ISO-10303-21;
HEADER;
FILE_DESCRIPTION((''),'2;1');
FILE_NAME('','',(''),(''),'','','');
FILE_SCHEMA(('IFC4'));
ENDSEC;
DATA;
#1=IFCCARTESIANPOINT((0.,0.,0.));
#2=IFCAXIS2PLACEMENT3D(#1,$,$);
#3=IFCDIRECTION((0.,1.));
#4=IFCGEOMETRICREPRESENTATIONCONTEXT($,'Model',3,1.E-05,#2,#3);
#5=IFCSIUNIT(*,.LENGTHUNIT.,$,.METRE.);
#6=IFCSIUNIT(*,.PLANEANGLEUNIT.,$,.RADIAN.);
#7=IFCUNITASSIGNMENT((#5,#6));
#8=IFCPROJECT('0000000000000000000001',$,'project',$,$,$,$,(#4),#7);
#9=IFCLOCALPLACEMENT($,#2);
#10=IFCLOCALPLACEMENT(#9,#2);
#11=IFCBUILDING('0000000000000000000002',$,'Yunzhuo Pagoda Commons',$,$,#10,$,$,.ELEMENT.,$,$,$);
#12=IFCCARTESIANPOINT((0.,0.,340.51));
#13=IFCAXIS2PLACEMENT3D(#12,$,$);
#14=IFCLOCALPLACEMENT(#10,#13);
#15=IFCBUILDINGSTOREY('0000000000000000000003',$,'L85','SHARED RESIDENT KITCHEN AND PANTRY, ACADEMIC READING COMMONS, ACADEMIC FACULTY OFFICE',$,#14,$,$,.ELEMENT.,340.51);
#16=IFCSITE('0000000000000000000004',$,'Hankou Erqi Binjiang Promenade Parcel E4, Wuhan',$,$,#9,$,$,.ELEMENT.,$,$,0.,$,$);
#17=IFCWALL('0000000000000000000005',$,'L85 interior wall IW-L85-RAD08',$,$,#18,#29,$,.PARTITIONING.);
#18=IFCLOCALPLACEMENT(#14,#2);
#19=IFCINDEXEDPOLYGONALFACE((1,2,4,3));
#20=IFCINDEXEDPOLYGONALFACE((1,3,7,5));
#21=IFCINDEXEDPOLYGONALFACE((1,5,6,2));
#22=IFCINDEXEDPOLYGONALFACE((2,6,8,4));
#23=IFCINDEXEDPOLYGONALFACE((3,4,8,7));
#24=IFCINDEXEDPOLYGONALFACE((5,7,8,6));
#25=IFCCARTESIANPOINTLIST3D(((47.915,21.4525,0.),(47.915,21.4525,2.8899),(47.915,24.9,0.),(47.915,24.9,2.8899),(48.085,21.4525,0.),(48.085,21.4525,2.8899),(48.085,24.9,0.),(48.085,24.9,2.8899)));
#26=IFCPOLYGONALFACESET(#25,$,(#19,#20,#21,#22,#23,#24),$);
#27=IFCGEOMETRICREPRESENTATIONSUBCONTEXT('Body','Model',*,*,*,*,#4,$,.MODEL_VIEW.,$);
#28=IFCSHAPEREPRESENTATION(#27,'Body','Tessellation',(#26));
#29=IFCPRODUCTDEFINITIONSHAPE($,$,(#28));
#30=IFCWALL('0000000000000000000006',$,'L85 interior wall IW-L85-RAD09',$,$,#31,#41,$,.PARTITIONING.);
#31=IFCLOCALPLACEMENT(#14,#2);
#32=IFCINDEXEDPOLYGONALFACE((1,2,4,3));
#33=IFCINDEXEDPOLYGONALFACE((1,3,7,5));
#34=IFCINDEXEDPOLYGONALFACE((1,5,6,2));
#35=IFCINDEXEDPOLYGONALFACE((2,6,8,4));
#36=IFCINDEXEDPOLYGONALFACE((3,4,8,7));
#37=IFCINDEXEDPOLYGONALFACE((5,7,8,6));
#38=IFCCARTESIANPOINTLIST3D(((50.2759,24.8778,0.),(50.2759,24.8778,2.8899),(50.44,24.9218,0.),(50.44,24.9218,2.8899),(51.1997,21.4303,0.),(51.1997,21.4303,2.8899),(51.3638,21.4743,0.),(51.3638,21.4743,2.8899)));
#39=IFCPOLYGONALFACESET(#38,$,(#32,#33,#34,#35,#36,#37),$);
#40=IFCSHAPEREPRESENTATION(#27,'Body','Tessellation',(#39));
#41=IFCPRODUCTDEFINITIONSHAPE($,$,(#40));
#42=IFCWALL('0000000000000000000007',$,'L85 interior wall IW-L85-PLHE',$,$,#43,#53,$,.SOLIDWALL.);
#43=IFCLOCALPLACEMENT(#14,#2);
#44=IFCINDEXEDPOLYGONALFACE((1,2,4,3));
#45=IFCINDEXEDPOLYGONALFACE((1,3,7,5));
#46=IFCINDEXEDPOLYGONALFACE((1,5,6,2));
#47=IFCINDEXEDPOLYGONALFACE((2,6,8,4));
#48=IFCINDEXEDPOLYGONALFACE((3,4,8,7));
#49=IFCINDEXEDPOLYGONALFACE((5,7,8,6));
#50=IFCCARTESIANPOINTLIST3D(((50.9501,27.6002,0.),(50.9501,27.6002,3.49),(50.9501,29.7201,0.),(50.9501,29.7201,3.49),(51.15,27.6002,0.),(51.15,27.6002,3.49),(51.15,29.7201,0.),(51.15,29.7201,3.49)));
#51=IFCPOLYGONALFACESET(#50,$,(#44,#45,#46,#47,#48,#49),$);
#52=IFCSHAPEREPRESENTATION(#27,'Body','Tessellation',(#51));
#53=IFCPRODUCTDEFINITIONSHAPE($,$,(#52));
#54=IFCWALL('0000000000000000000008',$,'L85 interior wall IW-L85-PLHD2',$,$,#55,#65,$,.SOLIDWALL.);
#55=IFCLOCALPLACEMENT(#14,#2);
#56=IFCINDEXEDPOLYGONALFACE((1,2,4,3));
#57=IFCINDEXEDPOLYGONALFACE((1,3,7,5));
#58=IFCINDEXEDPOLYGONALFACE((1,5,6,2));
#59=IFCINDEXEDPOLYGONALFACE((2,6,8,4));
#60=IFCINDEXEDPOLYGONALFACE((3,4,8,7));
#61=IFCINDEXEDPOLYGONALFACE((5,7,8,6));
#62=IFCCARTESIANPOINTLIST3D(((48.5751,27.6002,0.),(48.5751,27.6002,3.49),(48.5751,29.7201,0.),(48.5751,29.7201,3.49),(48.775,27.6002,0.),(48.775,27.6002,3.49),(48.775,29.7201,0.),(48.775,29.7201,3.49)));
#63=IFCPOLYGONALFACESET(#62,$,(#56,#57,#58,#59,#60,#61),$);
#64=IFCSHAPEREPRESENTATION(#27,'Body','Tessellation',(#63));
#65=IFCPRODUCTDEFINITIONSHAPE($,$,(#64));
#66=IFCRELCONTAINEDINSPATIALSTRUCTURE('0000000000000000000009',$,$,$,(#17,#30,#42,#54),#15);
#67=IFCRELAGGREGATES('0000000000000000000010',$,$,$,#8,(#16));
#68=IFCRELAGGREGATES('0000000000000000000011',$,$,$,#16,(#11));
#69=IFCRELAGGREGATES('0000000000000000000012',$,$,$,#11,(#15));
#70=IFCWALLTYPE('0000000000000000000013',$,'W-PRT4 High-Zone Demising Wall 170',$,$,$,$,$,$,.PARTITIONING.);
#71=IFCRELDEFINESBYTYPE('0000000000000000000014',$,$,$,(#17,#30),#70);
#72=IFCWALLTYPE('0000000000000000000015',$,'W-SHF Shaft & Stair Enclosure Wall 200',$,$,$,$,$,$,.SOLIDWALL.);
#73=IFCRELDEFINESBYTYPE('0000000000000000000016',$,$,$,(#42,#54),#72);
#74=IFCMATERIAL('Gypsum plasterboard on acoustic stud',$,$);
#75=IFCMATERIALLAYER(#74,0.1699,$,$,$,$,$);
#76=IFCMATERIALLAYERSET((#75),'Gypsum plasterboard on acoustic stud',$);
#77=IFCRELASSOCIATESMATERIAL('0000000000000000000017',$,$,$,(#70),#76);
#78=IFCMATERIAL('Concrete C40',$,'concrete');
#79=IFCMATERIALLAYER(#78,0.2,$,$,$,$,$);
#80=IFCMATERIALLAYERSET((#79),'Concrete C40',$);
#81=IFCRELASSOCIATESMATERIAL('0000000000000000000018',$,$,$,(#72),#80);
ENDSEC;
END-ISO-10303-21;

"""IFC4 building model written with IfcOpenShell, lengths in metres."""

from ifc_helpers import new_model, si_unit, direction, frame, frame_2d, origin, place, context, subcontext, project, spatial, rectangle, extrude, material, layer, layer_set, type_object, element, save


model = new_model("IFC4")

# Units and contexts
model_context = context("Model", 3, precision=1e-05, world=origin(), true_north=direction((0.0, 1.0)))
body_context = subcontext(model_context, "Body", "Model", "MODEL_VIEW")
ifc_project = project(units=[si_unit("LENGTHUNIT", "METRE"), si_unit("PLANEANGLEUNIT", "RADIAN")], contexts=[model_context])

# Site, building, storey
site_placement = place(None, origin())
site = spatial("IfcSite", under=ifc_project, at=site_placement, Name="Hankou Erqi Binjiang Promenade Parcel E4, Wuhan", CompositionType="ELEMENT", RefElevation=0.0)
building_placement = place(site_placement, origin())
building = spatial("IfcBuilding", under=site, at=building_placement, Name="Yunzhuo Pagoda Commons", CompositionType="ELEMENT")
storey_placement = place(building_placement, frame((0.0, 0.0, 340.51)))
storey = spatial("IfcBuildingStorey", under=building, at=storey_placement, Name="L85", Description="SHARED RESIDENT KITCHEN AND PANTRY, ACADEMIC READING COMMONS, ACADEMIC FACULTY OFFICE", CompositionType="ELEMENT", Elevation=340.51)

# Shared definitions
ifc_material_1 = material(Name="Gypsum plasterboard on acoustic stud")

# Walls
ifc_layer_1 = layer(ifc_material_1, 0.1699)
ifc_layer_set_1 = layer_set([ifc_layer_1], Name="Gypsum plasterboard on acoustic stud")
wall_type_1 = type_object("IfcWallType", Name="W-PRT4 High-Zone Demising Wall 170", PredefinedType="PARTITIONING", material=ifc_layer_set_1)
wall_1_placement = place(storey_placement, frame((48.0, 24.8999, 0.0), z_axis=(0.0, 0.0, 1.0), x_axis=(0.0, -1.0, 0.0)))
element("IfcWall", 1, at=wall_1_placement, inside=storey, type_object=wall_type_1, Name="L85 interior wall IW-L85-RAD08", PredefinedType="PARTITIONING", context=body_context, shape_type="SweptSolid", body=[
    extrude(rectangle(XDim=3.4475, YDim=0.1699, at=frame_2d((1.7236, 0.0))), origin(), (0.0, 0.0, 1.0), 2.8899),
])
wall_2_placement = place(storey_placement, frame((50.3579, 24.8999, 0.0), z_axis=(0.0, 0.0, 1.0), x_axis=(0.258838, -0.965921, 0.0)))
element("IfcWall", 2, at=wall_2_placement, inside=storey, type_object=wall_type_1, Name="L85 interior wall IW-L85-RAD09", PredefinedType="PARTITIONING", context=body_context, shape_type="SweptSolid", body=[
    extrude(rectangle(XDim=3.5691, YDim=0.1699, at=frame_2d((1.7847, 0.0))), origin(), (0.0, 0.0, 1.0), 2.8899),
])
ifc_material_2 = material(Name="Concrete C40", Category="concrete")
ifc_layer_2 = layer(ifc_material_2, 0.2)
ifc_layer_set_2 = layer_set([ifc_layer_2], Name="Concrete C40")
wall_type_2 = type_object("IfcWallType", Name="W-SHF Shaft & Stair Enclosure Wall 200", PredefinedType="SOLIDWALL", material=ifc_layer_set_2)
for number, where, z_axis, x_axis, name in (
    (3, (51.05, 27.6001, 0.0), (0.0, 0.0, 1.0), (0.0, 1.0, 0.0), "L85 interior wall IW-L85-PLHE"),
    (4, (48.675, 27.6001, 0.0), (0.0, 0.0, 1.0), (0.0, 1.0, 0.0), "L85 interior wall IW-L85-PLHD2"),
):
    element("IfcWall", number, at=place(storey_placement, frame(where, z_axis=z_axis, x_axis=x_axis)), inside=storey, type_object=wall_type_2, Name=name, PredefinedType="SOLIDWALL", context=body_context, shape_type="SweptSolid", body=[
        extrude(rectangle(XDim=2.1199, YDim=0.2, at=frame_2d((1.0601, 0.0))), origin(), (0.0, 0.0, 1.0), 3.49),
    ])

save(model, "model.ifc")
